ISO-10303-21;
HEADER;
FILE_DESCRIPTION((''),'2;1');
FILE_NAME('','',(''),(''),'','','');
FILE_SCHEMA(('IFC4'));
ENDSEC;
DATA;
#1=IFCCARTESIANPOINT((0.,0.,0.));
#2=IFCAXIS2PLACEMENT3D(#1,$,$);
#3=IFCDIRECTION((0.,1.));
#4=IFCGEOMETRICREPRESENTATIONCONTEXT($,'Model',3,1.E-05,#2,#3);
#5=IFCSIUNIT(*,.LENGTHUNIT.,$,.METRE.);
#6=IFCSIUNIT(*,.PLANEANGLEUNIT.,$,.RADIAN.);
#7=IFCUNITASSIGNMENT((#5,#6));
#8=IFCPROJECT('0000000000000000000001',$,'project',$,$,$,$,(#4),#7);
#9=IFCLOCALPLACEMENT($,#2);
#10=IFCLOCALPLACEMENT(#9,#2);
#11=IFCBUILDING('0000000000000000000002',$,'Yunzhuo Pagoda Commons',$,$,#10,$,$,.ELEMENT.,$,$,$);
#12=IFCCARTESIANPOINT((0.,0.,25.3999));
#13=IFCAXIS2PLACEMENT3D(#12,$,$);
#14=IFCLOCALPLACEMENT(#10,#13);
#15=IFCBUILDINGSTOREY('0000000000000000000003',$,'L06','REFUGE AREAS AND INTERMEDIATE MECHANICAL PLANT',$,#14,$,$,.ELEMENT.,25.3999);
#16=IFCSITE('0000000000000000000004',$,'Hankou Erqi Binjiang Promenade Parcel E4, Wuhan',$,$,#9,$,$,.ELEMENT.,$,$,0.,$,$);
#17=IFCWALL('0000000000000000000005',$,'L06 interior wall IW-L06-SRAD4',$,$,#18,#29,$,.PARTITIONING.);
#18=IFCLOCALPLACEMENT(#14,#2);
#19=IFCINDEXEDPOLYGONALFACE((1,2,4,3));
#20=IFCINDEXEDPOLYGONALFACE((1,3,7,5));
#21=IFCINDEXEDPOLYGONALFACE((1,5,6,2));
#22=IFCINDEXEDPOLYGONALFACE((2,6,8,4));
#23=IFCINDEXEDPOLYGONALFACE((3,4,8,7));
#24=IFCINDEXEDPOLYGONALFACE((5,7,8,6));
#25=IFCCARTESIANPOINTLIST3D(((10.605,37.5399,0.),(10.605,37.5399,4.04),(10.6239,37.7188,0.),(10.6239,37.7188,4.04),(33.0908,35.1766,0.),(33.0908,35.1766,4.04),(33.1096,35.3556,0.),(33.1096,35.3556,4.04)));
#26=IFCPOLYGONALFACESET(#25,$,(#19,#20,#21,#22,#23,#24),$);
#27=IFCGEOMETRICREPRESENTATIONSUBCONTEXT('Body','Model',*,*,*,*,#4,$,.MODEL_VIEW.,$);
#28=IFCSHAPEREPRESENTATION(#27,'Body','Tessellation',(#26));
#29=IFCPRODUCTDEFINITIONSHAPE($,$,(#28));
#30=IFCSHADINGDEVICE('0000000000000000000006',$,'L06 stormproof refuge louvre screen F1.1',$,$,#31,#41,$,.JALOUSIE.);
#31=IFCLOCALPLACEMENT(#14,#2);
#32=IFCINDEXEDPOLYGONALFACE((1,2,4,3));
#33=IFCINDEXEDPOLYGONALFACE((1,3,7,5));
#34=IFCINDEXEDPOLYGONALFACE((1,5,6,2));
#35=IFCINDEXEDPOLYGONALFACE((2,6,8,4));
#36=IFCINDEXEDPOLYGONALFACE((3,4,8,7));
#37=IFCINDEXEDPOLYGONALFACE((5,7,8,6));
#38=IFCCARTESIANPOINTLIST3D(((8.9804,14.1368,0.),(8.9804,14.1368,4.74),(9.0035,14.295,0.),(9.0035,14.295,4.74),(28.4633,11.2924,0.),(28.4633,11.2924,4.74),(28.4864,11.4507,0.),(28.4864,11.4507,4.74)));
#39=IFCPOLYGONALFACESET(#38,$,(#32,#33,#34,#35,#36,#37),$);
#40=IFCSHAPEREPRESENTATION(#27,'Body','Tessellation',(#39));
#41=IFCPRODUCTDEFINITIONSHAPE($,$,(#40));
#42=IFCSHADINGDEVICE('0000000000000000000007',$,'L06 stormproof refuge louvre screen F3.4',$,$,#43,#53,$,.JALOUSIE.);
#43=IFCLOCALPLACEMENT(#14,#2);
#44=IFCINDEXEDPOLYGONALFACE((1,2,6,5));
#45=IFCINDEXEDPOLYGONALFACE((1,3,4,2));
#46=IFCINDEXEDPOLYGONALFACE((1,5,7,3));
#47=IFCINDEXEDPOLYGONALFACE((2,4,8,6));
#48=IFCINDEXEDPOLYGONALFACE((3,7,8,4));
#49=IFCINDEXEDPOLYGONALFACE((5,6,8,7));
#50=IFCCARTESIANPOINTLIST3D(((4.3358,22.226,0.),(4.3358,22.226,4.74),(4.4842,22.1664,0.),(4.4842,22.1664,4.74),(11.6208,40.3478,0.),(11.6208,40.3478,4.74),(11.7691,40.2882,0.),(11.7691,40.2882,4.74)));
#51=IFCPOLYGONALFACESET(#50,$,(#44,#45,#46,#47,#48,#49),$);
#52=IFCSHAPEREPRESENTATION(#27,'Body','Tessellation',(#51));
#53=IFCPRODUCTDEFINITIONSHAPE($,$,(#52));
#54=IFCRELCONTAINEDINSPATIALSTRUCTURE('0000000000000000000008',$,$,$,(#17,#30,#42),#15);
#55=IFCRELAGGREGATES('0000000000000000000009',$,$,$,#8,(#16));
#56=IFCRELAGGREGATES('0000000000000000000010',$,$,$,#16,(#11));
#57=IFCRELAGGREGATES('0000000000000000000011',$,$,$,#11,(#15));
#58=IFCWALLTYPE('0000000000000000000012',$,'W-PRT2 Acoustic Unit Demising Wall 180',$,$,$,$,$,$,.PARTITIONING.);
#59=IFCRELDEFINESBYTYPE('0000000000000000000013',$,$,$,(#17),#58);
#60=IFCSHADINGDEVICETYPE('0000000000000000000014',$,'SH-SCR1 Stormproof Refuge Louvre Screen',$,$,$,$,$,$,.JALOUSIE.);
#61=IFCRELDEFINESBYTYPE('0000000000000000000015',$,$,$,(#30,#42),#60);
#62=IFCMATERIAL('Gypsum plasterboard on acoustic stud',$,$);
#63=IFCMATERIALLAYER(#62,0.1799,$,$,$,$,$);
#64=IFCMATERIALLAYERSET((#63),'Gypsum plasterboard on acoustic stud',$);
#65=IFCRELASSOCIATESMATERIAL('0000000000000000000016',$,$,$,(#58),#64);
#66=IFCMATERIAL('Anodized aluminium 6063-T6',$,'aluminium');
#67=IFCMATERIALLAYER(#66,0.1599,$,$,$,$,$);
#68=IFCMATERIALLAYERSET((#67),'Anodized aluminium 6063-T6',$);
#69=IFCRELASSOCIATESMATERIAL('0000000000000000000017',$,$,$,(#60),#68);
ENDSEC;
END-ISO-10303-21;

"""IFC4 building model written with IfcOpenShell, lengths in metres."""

from ifc_helpers import new_model, si_unit, direction, frame, frame_2d, origin, origin_2d, place, context, subcontext, project, spatial, rectangle, extrude, source, transform, mapped, material, layer, layer_set, type_object, element, save


model = new_model("IFC4")

# Units and contexts
model_context = context("Model", 3, precision=1e-05, world=origin(), true_north=direction((0.0, 1.0)))
body_context = subcontext(model_context, "Body", "Model", "MODEL_VIEW")
ifc_project = project(units=[si_unit("LENGTHUNIT", "METRE"), si_unit("PLANEANGLEUNIT", "RADIAN")], contexts=[model_context])

# Site, building, storey
site_placement = place(None, origin())
site = spatial("IfcSite", under=ifc_project, at=site_placement, Name="Hankou Erqi Binjiang Promenade Parcel E4, Wuhan", CompositionType="ELEMENT", RefElevation=0.0)
building_placement = place(site_placement, origin())
building = spatial("IfcBuilding", under=site, at=building_placement, Name="Yunzhuo Pagoda Commons", CompositionType="ELEMENT")
storey_placement = place(building_placement, frame((0.0, 0.0, 25.3999)))
storey = spatial("IfcBuildingStorey", under=building, at=storey_placement, Name="L06", Description="REFUGE AREAS AND INTERMEDIATE MECHANICAL PLANT", CompositionType="ELEMENT", Elevation=25.3999)

# Shared definitions
ifc_material_1 = material(Name="Gypsum plasterboard on acoustic stud")

# Wall
ifc_layer_1 = layer(ifc_material_1, 0.1799)
ifc_layer_set_1 = layer_set([ifc_layer_1], Name="Gypsum plasterboard on acoustic stud")
wall_type_1 = type_object("IfcWallType", Name="W-PRT2 Acoustic Unit Demising Wall 180", PredefinedType="PARTITIONING", material=ifc_layer_set_1)
wall_1_placement = place(storey_placement, frame((33.1001, 35.2661, 0.0), z_axis=(0.0, 0.0, 1.0), x_axis=(-0.994522, 0.104525, 0.0)))
element("IfcWall", 1, at=wall_1_placement, inside=storey, type_object=wall_type_1, Name="L06 interior wall IW-L06-SRAD4", PredefinedType="PARTITIONING", context=body_context, shape_type="SweptSolid", body=[
    extrude(rectangle(XDim=22.6096, YDim=0.1799, at=frame_2d((11.3047, 0.0))), origin(), (0.0, 0.0, 1.0), 4.04),
])

# Shading devices
ifc_material_2 = material(Name="Anodized aluminium 6063-T6", Category="aluminium")
ifc_layer_2 = layer(ifc_material_2, 0.1599)
ifc_layer_set_2 = layer_set([ifc_layer_2], Name="Anodized aluminium 6063-T6")
shading_device_type = type_object("IfcShadingDeviceType", Name="SH-SCR1 Stormproof Refuge Louvre Screen", PredefinedType="JALOUSIE", material=ifc_layer_set_2)
shared_shape_1 = source(origin(), body_context, "Body", "SweptSolid", [
    extrude(rectangle(XDim=19.6895, YDim=0.1599, at=origin_2d()), origin(), (0.0, 0.0, 1.0), 4.74),
])
shading_device_1_placement = place(storey_placement, frame((18.7334, 12.7937, 0.0), z_axis=(0.0, 0.0, 1.0), x_axis=(0.989511, -0.14446, 0.0)))
element("IfcShadingDevice", 2, at=shading_device_1_placement, inside=storey, type_object=shading_device_type, Name="L06 stormproof refuge louvre screen F1.1", PredefinedType="JALOUSIE", context=body_context, shape_type="MappedRepresentation", body=[
    mapped(shared_shape_1, transform((0.0, 0.0, 0.0), scale=1.0)),
])
shared_shape_2 = source(origin(), body_context, "Body", "SweptSolid", [
    extrude(rectangle(XDim=19.5312, YDim=0.1599, at=origin_2d()), origin(), (0.0, 0.0, 1.0), 4.74),
])
shading_device_2_placement = place(storey_placement, frame((8.0525, 31.2571, 0.0), z_axis=(0.0, 0.0, 1.0), x_axis=(-0.372988, -0.927836, 0.0)))
element("IfcShadingDevice", 3, at=shading_device_2_placement, inside=storey, type_object=shading_device_type, Name="L06 stormproof refuge louvre screen F3.4", PredefinedType="JALOUSIE", context=body_context, shape_type="MappedRepresentation", body=[
    mapped(shared_shape_2, transform((0.0, 0.0, 0.0), scale=1.0)),
])

save(model, "model.ifc")
